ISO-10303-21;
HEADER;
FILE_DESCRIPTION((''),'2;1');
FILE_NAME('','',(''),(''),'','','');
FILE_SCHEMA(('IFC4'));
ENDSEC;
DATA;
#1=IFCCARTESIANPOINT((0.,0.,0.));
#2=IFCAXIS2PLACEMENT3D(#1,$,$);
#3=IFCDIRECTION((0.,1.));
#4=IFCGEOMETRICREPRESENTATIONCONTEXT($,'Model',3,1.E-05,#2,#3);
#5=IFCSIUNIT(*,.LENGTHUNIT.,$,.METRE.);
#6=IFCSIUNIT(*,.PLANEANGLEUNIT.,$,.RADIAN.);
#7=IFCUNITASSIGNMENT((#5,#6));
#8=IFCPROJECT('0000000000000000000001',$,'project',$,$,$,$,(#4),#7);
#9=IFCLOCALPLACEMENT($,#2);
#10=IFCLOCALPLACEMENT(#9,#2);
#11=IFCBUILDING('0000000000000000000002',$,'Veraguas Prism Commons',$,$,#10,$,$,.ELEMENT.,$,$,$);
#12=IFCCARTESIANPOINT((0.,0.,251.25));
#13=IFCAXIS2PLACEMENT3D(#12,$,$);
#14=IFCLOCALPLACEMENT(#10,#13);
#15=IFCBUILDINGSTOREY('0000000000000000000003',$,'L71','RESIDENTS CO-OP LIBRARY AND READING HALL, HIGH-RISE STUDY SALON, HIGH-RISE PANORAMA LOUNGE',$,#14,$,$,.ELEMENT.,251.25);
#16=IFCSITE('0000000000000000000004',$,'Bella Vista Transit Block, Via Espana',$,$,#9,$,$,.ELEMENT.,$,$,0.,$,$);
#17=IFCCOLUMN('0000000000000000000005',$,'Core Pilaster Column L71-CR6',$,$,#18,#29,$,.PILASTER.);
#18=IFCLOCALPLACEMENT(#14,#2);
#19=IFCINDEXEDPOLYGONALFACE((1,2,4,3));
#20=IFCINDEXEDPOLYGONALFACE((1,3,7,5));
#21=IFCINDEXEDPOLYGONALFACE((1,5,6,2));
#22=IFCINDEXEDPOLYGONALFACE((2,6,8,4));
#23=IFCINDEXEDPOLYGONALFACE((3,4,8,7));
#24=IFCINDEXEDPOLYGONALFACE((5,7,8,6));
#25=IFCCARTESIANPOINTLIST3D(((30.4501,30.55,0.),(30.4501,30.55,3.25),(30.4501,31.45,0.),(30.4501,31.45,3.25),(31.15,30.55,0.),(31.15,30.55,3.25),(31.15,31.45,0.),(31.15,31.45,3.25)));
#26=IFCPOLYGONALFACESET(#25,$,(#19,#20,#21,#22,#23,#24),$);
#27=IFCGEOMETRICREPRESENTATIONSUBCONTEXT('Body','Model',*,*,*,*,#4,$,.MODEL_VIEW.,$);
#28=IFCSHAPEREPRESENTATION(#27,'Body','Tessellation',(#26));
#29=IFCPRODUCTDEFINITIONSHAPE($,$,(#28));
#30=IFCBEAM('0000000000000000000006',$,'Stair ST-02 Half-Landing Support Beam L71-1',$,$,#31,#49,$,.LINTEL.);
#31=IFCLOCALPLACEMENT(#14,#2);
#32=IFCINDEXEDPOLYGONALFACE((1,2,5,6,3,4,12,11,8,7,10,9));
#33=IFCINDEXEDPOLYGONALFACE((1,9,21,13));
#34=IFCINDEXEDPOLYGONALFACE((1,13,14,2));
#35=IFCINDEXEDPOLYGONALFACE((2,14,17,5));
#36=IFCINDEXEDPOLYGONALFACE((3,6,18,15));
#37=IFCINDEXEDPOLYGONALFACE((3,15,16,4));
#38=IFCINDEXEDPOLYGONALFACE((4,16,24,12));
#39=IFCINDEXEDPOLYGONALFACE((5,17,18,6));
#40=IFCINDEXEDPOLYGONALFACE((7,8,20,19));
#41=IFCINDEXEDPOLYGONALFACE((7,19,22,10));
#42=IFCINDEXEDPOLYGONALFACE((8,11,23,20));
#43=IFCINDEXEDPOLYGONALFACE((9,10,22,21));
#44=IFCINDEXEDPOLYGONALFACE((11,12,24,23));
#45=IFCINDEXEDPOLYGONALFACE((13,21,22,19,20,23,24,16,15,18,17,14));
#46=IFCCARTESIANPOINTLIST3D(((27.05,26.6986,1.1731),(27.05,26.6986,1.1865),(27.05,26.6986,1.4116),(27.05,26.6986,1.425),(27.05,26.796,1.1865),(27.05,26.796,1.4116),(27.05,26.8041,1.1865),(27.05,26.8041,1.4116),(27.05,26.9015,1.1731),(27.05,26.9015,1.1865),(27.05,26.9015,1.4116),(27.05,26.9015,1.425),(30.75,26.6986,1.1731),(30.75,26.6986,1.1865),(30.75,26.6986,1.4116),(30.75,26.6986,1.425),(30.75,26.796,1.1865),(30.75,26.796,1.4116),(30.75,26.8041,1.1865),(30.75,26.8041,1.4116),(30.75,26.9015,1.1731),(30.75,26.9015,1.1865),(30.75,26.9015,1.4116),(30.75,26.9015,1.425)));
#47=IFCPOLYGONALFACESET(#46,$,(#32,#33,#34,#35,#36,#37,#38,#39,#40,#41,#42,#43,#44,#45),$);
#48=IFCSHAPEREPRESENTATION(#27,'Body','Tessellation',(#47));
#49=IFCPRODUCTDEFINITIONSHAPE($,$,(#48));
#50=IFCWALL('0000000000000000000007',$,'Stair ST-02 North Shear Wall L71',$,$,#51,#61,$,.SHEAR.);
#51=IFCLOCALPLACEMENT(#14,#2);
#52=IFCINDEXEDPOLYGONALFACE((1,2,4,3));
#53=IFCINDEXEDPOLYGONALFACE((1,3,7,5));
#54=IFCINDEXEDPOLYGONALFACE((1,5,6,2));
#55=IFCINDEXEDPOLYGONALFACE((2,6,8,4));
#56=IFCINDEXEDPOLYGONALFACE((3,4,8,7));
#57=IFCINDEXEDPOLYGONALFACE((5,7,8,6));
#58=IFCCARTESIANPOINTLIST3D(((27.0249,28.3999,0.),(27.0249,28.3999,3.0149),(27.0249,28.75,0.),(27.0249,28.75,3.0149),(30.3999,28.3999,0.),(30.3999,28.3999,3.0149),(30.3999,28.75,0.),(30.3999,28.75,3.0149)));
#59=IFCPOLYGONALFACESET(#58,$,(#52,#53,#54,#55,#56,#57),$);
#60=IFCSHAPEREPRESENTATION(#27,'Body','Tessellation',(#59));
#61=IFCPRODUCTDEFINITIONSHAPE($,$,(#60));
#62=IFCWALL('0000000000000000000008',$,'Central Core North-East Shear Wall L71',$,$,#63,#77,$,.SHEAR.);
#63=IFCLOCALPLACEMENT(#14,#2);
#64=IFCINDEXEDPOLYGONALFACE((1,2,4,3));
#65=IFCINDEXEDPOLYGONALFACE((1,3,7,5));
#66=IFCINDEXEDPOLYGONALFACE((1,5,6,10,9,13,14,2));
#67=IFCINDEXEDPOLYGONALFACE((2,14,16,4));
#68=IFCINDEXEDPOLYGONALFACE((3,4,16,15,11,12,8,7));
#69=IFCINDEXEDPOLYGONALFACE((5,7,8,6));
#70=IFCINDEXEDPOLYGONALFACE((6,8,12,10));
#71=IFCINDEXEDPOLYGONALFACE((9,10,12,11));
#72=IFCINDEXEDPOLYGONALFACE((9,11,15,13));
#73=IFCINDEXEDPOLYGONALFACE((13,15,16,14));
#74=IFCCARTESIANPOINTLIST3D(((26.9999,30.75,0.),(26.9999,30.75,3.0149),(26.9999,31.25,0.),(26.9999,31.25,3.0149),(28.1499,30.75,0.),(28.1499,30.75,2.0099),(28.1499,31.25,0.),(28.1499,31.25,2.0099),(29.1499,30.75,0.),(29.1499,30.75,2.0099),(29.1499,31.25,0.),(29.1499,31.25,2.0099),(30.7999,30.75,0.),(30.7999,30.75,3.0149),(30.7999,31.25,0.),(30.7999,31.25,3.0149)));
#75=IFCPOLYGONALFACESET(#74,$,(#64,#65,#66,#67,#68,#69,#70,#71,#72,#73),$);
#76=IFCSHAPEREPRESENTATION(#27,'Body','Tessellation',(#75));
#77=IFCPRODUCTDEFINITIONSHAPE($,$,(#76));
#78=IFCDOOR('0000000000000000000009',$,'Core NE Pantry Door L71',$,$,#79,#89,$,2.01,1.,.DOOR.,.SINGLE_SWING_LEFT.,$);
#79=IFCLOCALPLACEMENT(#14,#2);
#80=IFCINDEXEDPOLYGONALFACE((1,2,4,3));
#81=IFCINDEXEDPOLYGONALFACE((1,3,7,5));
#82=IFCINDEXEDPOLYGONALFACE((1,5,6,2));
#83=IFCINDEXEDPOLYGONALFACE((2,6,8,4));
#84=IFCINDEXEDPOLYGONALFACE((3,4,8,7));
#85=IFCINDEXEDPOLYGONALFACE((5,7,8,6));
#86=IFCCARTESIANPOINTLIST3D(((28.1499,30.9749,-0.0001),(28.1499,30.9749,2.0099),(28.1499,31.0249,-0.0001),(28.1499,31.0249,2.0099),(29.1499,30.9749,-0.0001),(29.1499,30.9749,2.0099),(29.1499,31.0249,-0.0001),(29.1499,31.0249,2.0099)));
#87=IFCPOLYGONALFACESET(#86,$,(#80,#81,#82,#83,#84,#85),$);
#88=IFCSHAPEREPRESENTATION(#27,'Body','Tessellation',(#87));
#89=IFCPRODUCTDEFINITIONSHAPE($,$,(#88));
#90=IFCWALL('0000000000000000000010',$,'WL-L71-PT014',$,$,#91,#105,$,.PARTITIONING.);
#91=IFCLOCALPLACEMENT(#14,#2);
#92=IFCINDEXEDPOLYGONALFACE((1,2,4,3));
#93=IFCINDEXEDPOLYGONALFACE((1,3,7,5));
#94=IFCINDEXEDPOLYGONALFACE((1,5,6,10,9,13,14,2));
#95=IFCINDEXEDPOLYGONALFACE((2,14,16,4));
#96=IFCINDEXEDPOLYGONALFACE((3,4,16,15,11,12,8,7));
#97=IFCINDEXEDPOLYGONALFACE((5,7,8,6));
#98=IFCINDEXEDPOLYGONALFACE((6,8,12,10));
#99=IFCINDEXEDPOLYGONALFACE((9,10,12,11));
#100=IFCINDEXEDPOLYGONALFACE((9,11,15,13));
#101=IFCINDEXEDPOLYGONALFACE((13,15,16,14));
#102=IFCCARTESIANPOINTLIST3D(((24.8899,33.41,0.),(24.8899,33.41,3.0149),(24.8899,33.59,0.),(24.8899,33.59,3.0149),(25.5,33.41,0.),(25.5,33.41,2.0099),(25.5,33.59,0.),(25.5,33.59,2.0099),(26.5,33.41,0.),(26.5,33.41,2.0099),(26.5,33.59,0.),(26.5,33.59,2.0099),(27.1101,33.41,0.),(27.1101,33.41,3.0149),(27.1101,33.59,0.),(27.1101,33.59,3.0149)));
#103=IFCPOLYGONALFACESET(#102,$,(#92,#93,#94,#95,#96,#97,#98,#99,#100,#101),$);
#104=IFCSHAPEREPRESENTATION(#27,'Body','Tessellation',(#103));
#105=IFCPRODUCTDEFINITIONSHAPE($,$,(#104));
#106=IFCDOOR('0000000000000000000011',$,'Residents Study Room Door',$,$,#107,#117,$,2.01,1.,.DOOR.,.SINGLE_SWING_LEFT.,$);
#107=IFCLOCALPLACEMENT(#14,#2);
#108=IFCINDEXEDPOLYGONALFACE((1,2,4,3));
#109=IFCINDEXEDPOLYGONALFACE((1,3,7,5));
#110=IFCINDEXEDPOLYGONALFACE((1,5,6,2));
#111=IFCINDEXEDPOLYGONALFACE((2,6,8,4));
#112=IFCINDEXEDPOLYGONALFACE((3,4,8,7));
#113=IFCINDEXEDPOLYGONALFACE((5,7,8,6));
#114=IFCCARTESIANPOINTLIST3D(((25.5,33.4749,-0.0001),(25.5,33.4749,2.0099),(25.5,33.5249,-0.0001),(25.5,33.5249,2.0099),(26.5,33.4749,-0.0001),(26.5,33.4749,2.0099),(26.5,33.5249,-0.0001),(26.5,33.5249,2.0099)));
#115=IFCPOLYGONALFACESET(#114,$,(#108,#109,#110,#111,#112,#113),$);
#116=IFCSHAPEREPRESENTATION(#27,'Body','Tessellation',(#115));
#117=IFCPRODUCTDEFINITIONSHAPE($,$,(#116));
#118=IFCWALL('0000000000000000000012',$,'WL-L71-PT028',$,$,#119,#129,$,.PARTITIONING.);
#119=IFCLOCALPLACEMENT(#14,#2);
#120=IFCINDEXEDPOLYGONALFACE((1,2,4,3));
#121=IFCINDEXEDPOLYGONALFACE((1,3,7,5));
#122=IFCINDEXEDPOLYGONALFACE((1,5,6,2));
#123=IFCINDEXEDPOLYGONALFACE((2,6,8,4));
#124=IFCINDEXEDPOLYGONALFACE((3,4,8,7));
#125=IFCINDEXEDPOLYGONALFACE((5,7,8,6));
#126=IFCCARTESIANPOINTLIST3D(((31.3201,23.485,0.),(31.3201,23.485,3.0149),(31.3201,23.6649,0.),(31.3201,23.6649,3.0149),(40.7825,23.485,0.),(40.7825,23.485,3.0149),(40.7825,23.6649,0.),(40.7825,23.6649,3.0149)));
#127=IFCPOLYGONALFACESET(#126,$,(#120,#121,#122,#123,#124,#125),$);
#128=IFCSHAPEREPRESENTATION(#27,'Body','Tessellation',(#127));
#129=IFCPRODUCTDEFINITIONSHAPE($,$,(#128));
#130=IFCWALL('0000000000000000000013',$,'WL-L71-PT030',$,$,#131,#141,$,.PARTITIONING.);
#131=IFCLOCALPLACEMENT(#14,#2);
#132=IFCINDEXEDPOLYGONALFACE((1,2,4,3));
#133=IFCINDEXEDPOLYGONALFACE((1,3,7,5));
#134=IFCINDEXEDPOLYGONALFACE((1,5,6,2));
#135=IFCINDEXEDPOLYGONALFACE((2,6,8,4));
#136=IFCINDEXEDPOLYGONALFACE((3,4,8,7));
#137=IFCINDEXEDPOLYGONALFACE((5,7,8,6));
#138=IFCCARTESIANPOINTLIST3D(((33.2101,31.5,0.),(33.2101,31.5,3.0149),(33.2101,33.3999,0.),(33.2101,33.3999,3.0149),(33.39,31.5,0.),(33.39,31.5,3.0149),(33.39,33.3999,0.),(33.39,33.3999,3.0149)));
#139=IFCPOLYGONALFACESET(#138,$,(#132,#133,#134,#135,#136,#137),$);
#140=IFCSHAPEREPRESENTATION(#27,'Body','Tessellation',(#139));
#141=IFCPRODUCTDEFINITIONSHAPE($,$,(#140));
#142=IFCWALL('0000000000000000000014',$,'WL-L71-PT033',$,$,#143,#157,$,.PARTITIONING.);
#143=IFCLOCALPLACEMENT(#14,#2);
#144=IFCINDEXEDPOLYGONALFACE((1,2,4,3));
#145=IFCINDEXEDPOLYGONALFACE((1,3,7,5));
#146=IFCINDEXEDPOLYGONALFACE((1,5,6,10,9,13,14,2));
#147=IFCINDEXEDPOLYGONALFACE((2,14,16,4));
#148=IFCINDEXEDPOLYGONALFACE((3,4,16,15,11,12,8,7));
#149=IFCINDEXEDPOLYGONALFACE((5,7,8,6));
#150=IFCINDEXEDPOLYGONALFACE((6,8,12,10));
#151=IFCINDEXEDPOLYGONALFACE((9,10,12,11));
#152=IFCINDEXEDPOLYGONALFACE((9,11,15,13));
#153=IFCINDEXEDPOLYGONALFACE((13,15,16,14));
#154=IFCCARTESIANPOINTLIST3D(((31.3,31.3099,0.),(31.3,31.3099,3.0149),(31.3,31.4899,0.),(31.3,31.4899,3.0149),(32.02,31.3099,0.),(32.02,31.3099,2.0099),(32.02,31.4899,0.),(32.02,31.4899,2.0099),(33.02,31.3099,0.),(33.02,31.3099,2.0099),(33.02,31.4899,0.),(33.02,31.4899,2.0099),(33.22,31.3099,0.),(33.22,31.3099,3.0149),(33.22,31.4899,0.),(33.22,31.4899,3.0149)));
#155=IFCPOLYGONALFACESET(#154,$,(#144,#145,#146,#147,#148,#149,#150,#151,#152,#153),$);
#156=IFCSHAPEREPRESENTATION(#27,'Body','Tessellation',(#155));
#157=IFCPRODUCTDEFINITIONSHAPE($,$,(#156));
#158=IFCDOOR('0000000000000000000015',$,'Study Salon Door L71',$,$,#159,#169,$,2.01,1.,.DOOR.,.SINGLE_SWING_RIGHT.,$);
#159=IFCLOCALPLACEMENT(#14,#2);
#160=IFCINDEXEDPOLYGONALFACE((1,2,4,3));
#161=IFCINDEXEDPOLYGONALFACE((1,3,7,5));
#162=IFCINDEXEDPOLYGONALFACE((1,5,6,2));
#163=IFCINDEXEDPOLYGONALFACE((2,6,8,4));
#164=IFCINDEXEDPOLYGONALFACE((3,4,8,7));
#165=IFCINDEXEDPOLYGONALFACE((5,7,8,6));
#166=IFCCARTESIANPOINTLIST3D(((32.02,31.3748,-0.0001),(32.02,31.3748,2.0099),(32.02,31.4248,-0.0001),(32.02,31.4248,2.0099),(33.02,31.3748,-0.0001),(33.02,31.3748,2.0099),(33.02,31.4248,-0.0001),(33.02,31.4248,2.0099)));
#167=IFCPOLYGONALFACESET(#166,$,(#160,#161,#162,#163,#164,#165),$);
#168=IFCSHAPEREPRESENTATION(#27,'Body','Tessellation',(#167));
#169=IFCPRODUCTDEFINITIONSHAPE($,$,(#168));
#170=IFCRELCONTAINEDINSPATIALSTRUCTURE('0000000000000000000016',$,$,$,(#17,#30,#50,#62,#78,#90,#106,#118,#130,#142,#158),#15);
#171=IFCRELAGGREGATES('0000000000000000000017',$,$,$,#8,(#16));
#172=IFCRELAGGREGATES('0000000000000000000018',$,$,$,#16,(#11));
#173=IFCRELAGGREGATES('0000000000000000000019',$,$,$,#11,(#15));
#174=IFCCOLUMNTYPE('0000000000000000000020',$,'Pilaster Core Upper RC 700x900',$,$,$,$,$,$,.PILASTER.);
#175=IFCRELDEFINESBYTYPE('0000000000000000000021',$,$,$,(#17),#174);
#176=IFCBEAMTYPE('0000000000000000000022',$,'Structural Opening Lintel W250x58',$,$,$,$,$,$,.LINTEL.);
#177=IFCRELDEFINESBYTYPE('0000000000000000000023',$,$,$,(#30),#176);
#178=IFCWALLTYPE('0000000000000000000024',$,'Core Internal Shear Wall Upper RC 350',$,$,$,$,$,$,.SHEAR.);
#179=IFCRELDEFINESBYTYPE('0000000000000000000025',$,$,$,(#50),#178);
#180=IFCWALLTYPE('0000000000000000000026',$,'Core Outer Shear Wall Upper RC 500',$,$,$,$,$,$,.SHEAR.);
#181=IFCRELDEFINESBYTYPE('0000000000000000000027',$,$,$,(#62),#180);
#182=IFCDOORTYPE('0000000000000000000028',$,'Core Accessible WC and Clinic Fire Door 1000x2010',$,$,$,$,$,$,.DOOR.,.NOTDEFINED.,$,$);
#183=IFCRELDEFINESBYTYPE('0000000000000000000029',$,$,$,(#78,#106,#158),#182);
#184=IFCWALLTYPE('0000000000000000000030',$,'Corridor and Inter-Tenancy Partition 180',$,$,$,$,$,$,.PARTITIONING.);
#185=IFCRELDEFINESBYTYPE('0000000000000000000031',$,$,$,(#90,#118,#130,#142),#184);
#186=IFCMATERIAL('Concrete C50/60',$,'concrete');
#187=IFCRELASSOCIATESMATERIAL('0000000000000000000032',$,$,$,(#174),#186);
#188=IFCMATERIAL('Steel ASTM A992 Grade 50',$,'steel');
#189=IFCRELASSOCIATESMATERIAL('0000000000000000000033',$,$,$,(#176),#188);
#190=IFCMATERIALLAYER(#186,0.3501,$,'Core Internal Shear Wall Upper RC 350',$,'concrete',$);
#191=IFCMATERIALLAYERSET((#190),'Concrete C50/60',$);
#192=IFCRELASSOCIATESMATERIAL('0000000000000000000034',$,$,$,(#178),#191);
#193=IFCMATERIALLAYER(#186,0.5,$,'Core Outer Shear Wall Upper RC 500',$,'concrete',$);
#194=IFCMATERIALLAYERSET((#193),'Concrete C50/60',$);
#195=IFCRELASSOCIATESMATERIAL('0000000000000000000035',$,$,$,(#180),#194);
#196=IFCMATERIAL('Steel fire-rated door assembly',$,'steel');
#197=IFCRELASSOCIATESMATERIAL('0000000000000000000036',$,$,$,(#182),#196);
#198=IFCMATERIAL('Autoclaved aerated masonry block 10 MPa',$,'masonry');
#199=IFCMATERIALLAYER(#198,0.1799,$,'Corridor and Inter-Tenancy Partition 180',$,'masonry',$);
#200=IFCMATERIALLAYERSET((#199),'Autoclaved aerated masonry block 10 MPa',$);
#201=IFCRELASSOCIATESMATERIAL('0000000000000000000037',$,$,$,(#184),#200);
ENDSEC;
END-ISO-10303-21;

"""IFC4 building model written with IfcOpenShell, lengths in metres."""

from ifc_helpers import new_model, si_unit, direction, frame, frame_2d, origin, origin_2d, place, context, subcontext, project, spatial, rectangle, i_section, extrude, source, transform, mapped, material, layer, layer_set, material_profile, profile_set, type_object, element, fill, save


model = new_model("IFC4")

# Units and contexts
model_context = context("Model", 3, precision=1e-05, world=origin(), true_north=direction((0.0, 1.0)))
body_context = subcontext(model_context, "Body", "Model", "MODEL_VIEW")
ifc_project = project(units=[si_unit("LENGTHUNIT", "METRE"), si_unit("PLANEANGLEUNIT", "RADIAN")], contexts=[model_context])

# Site, building, storey
site_placement = place(None, origin())
site = spatial("IfcSite", under=ifc_project, at=site_placement, Name="Bella Vista Transit Block, Via Espana", CompositionType="ELEMENT", RefElevation=0.0)
building_placement = place(site_placement, origin())
building = spatial("IfcBuilding", under=site, at=building_placement, Name="Veraguas Prism Commons", CompositionType="ELEMENT")
storey_placement = place(building_placement, frame((0.0, 0.0, 251.25)))
storey = spatial("IfcBuildingStorey", under=building, at=storey_placement, Name="L71", Description="RESIDENTS CO-OP LIBRARY AND READING HALL, HIGH-RISE STUDY SALON, HIGH-RISE PANORAMA LOUNGE", CompositionType="ELEMENT", Elevation=251.25)

# Column
ifc_material_1 = material(Name="Concrete C50/60", Category="concrete")
ifc_material_profile_1 = material_profile(ifc_material_1, rectangle(XDim=0.7, YDim=0.8999, at=origin_2d()), Name="RC700X900")
ifc_profile_set_1 = profile_set([ifc_material_profile_1], Name="Concrete C50/60")
column_type = type_object("IfcColumnType", Name="Pilaster Core Upper RC 700x900", PredefinedType="PILASTER", material=ifc_profile_set_1)
column_placement = place(storey_placement, frame((30.8, 31.0, 0.0), z_axis=(0.0, 0.0, 1.0), x_axis=(1.0, 0.0, 0.0)))
element("IfcColumn", 1, at=column_placement, inside=storey, type_object=column_type, Name="Core Pilaster Column L71-CR6", PredefinedType="PILASTER", context=body_context, shape_type="SweptSolid", body=[
    extrude(rectangle(XDim=0.7, YDim=0.8999, at=origin_2d()), origin(), (0.0, 0.0, 1.0), 3.25),
])

# Beam
ifc_material_2 = material(Name="Steel ASTM A992 Grade 50", Category="steel")
ifc_material_profile_2 = material_profile(ifc_material_2, i_section(OverallWidth=0.2029, OverallDepth=0.252, WebThickness=0.0081, FlangeThickness=0.0134, at=origin_2d()), Name="W250X58")
ifc_profile_set_2 = profile_set([ifc_material_profile_2], Name="Steel ASTM A992 Grade 50")
beam_type = type_object("IfcBeamType", Name="Structural Opening Lintel W250x58", PredefinedType="LINTEL", material=ifc_profile_set_2)
beam_placement = place(storey_placement, frame((27.05, 26.8, 1.2991), z_axis=(1.0, 0.0, 0.0), x_axis=(0.0, 1.0, 0.0)))
element("IfcBeam", 2, at=beam_placement, inside=storey, type_object=beam_type, Name="Stair ST-02 Half-Landing Support Beam L71-1", PredefinedType="LINTEL", context=body_context, shape_type="SweptSolid", body=[
    extrude(i_section(OverallWidth=0.2029, OverallDepth=0.252, WebThickness=0.0081, FlangeThickness=0.0134, at=origin_2d()), origin(), (0.0, 0.0, 1.0), 3.7),
])

# Wall
ifc_layer_1 = layer(ifc_material_1, 0.3501, Name="Core Internal Shear Wall Upper RC 350", Category="concrete")
ifc_layer_set_1 = layer_set([ifc_layer_1], Name="Concrete C50/60")
wall_type_1 = type_object("IfcWallType", Name="Core Internal Shear Wall Upper RC 350", PredefinedType="SHEAR", material=ifc_layer_set_1)
wall_1_placement = place(storey_placement, frame((27.0249, 28.575, 0.0), z_axis=(0.0, 0.0, 1.0), x_axis=(1.0, 0.0, 0.0)))
element("IfcWall", 3, at=wall_1_placement, inside=storey, type_object=wall_type_1, Name="Stair ST-02 North Shear Wall L71", PredefinedType="SHEAR", context=body_context, shape_type="SweptSolid", body=[
    extrude(rectangle(XDim=3.375, YDim=0.3501, at=frame_2d((1.6875, 0.0))), origin(), (0.0, 0.0, 1.0), 3.0149),
])

# Walls, openings, doors
ifc_layer_2 = layer(ifc_material_1, 0.5, Name="Core Outer Shear Wall Upper RC 500", Category="concrete")
ifc_layer_set_2 = layer_set([ifc_layer_2], Name="Concrete C50/60")
wall_type_2 = type_object("IfcWallType", Name="Core Outer Shear Wall Upper RC 500", PredefinedType="SHEAR", material=ifc_layer_set_2)
wall_2_placement = place(storey_placement, frame((27.0, 31.0, 0.0), z_axis=(0.0, 0.0, 1.0), x_axis=(1.0, 0.0, 0.0)))
wall_2 = element("IfcWall", 4, at=wall_2_placement, inside=storey, type_object=wall_type_2, Name="Central Core North-East Shear Wall L71", PredefinedType="SHEAR", context=body_context, shape_type="SweptSolid", body=[
    extrude(rectangle(XDim=3.8, YDim=0.5, at=frame_2d((1.8999, 0.0))), origin(), (0.0, 0.0, 1.0), 3.0149),
])
opening_1_placement = place(wall_2_placement, frame((1.1499, 0.0, 0.0)))
opening_1 = element("IfcOpeningElement", 5, at=opening_1_placement, cuts=wall_2, PredefinedType="OPENING", context=body_context, shape_type="SweptSolid", body=[
    extrude(rectangle(XDim=1.0, YDim=2.01, at=frame_2d((0.5, 1.0049))), frame((0.0, 0.26, 0.0), z_axis=(0.0, -1.0, 0.0), x_axis=(1.0, 0.0, 0.0)), (0.0, 0.0, 1.0), 0.52),
])
ifc_material_3 = material(Name="Steel fire-rated door assembly", Category="steel")
door_type_1 = type_object("IfcDoorType", Name="Core Accessible WC and Clinic Fire Door 1000x2010", OperationType="NOTDEFINED", PredefinedType="DOOR", material=ifc_material_3)
shared_shape_1 = source(origin(), body_context, "Body", "SweptSolid", [
    extrude(rectangle(XDim=1.0, YDim=2.01, at=frame_2d((0.5, 1.0049))), frame((0.0, 0.0249, 0.0), z_axis=(0.0, -1.0, 0.0), x_axis=(1.0, 0.0, 0.0)), (0.0, 0.0, 1.0), 0.05),
])
door_1_placement = place(opening_1_placement, origin())
door_1 = element("IfcDoor", 6, at=door_1_placement, inside=storey, type_object=door_type_1, Name="Core NE Pantry Door L71", OperationType="SINGLE_SWING_LEFT", OverallHeight=2.01, OverallWidth=1.0, PredefinedType="DOOR", context=body_context, shape_type="MappedRepresentation", body=[
    mapped(shared_shape_1, transform((0.0, 0.0, 0.0), scale=1.0)),
])
fill(opening_1, door_1)
ifc_material_4 = material(Name="Autoclaved aerated masonry block 10 MPa", Category="masonry")
ifc_layer_3 = layer(ifc_material_4, 0.1799, Name="Corridor and Inter-Tenancy Partition 180", Category="masonry")
ifc_layer_set_3 = layer_set([ifc_layer_3], Name="Autoclaved aerated masonry block 10 MPa")
wall_type_3 = type_object("IfcWallType", Name="Corridor and Inter-Tenancy Partition 180", PredefinedType="PARTITIONING", material=ifc_layer_set_3)
wall_3_placement = place(storey_placement, frame((24.8899, 33.5, 0.0), z_axis=(0.0, 0.0, 1.0), x_axis=(1.0, 0.0, 0.0)))
wall_3 = element("IfcWall", 7, at=wall_3_placement, inside=storey, type_object=wall_type_3, Name="WL-L71-PT014", PredefinedType="PARTITIONING", context=body_context, shape_type="SweptSolid", body=[
    extrude(rectangle(XDim=2.2202, YDim=0.1799, at=frame_2d((1.1101, 0.0))), origin(), (0.0, 0.0, 1.0), 3.0149),
])
opening_2_placement = place(wall_3_placement, frame((0.6101, 0.0, 0.0)))
opening_2 = element("IfcOpeningElement", 8, at=opening_2_placement, cuts=wall_3, PredefinedType="OPENING", context=body_context, shape_type="SweptSolid", body=[
    extrude(rectangle(XDim=1.0, YDim=2.01, at=frame_2d((0.5, 1.0049))), frame((0.0, 0.0999, 0.0), z_axis=(0.0, -1.0, 0.0), x_axis=(1.0, 0.0, 0.0)), (0.0, 0.0, 1.0), 0.2),
])
door_2_placement = place(opening_2_placement, origin())
door_2 = element("IfcDoor", 9, at=door_2_placement, inside=storey, type_object=door_type_1, Name="Residents Study Room Door", OperationType="SINGLE_SWING_LEFT", OverallHeight=2.01, OverallWidth=1.0, PredefinedType="DOOR", context=body_context, shape_type="MappedRepresentation", body=[
    mapped(shared_shape_1, transform((0.0, 0.0, 0.0), scale=1.0)),
])
fill(opening_2, door_2)

# Walls
wall_4_placement = place(storey_placement, frame((31.3201, 23.575, 0.0), z_axis=(0.0, 0.0, 1.0), x_axis=(1.0, 0.0, 0.0)))
element("IfcWall", 10, at=wall_4_placement, inside=storey, type_object=wall_type_3, Name="WL-L71-PT028", PredefinedType="PARTITIONING", context=body_context, shape_type="SweptSolid", body=[
    extrude(rectangle(XDim=9.4624, YDim=0.1799, at=frame_2d((4.7312, 0.0))), origin(), (0.0, 0.0, 1.0), 3.0149),
])
wall_5_placement = place(storey_placement, frame((33.3, 31.5, 0.0), z_axis=(0.0, 0.0, 1.0), x_axis=(0.0, 1.0, 0.0)))
element("IfcWall", 11, at=wall_5_placement, inside=storey, type_object=wall_type_3, Name="WL-L71-PT030", PredefinedType="PARTITIONING", context=body_context, shape_type="SweptSolid", body=[
    extrude(rectangle(XDim=1.8999, YDim=0.1799, at=frame_2d((0.95, 0.0))), origin(), (0.0, 0.0, 1.0), 3.0149),
])

# Wall, opening, door
wall_6_placement = place(storey_placement, frame((31.3, 31.3999, 0.0), z_axis=(0.0, 0.0, 1.0), x_axis=(1.0, 0.0, 0.0)))
wall_6 = element("IfcWall", 12, at=wall_6_placement, inside=storey, type_object=wall_type_3, Name="WL-L71-PT033", PredefinedType="PARTITIONING", context=body_context, shape_type="SweptSolid", body=[
    extrude(rectangle(XDim=1.9199, YDim=0.1799, at=frame_2d((0.96, 0.0))), origin(), (0.0, 0.0, 1.0), 3.0149),
])
opening_3_placement = place(wall_6_placement, frame((0.72, 0.0, 0.0)))
opening_3 = element("IfcOpeningElement", 13, at=opening_3_placement, cuts=wall_6, PredefinedType="OPENING", context=body_context, shape_type="SweptSolid", body=[
    extrude(rectangle(XDim=1.0, YDim=2.01, at=frame_2d((0.5, 1.0049))), frame((0.0, 0.0999, 0.0), z_axis=(0.0, -1.0, 0.0), x_axis=(1.0, 0.0, 0.0)), (0.0, 0.0, 1.0), 0.2),
])
door_3_placement = place(opening_3_placement, origin())
door_3 = element("IfcDoor", 14, at=door_3_placement, inside=storey, type_object=door_type_1, Name="Study Salon Door L71", OperationType="SINGLE_SWING_RIGHT", OverallHeight=2.01, OverallWidth=1.0, PredefinedType="DOOR", context=body_context, shape_type="MappedRepresentation", body=[
    mapped(shared_shape_1, transform((0.0, 0.0, 0.0), scale=1.0)),
])
fill(opening_3, door_3)

save(model, "model.ifc")
